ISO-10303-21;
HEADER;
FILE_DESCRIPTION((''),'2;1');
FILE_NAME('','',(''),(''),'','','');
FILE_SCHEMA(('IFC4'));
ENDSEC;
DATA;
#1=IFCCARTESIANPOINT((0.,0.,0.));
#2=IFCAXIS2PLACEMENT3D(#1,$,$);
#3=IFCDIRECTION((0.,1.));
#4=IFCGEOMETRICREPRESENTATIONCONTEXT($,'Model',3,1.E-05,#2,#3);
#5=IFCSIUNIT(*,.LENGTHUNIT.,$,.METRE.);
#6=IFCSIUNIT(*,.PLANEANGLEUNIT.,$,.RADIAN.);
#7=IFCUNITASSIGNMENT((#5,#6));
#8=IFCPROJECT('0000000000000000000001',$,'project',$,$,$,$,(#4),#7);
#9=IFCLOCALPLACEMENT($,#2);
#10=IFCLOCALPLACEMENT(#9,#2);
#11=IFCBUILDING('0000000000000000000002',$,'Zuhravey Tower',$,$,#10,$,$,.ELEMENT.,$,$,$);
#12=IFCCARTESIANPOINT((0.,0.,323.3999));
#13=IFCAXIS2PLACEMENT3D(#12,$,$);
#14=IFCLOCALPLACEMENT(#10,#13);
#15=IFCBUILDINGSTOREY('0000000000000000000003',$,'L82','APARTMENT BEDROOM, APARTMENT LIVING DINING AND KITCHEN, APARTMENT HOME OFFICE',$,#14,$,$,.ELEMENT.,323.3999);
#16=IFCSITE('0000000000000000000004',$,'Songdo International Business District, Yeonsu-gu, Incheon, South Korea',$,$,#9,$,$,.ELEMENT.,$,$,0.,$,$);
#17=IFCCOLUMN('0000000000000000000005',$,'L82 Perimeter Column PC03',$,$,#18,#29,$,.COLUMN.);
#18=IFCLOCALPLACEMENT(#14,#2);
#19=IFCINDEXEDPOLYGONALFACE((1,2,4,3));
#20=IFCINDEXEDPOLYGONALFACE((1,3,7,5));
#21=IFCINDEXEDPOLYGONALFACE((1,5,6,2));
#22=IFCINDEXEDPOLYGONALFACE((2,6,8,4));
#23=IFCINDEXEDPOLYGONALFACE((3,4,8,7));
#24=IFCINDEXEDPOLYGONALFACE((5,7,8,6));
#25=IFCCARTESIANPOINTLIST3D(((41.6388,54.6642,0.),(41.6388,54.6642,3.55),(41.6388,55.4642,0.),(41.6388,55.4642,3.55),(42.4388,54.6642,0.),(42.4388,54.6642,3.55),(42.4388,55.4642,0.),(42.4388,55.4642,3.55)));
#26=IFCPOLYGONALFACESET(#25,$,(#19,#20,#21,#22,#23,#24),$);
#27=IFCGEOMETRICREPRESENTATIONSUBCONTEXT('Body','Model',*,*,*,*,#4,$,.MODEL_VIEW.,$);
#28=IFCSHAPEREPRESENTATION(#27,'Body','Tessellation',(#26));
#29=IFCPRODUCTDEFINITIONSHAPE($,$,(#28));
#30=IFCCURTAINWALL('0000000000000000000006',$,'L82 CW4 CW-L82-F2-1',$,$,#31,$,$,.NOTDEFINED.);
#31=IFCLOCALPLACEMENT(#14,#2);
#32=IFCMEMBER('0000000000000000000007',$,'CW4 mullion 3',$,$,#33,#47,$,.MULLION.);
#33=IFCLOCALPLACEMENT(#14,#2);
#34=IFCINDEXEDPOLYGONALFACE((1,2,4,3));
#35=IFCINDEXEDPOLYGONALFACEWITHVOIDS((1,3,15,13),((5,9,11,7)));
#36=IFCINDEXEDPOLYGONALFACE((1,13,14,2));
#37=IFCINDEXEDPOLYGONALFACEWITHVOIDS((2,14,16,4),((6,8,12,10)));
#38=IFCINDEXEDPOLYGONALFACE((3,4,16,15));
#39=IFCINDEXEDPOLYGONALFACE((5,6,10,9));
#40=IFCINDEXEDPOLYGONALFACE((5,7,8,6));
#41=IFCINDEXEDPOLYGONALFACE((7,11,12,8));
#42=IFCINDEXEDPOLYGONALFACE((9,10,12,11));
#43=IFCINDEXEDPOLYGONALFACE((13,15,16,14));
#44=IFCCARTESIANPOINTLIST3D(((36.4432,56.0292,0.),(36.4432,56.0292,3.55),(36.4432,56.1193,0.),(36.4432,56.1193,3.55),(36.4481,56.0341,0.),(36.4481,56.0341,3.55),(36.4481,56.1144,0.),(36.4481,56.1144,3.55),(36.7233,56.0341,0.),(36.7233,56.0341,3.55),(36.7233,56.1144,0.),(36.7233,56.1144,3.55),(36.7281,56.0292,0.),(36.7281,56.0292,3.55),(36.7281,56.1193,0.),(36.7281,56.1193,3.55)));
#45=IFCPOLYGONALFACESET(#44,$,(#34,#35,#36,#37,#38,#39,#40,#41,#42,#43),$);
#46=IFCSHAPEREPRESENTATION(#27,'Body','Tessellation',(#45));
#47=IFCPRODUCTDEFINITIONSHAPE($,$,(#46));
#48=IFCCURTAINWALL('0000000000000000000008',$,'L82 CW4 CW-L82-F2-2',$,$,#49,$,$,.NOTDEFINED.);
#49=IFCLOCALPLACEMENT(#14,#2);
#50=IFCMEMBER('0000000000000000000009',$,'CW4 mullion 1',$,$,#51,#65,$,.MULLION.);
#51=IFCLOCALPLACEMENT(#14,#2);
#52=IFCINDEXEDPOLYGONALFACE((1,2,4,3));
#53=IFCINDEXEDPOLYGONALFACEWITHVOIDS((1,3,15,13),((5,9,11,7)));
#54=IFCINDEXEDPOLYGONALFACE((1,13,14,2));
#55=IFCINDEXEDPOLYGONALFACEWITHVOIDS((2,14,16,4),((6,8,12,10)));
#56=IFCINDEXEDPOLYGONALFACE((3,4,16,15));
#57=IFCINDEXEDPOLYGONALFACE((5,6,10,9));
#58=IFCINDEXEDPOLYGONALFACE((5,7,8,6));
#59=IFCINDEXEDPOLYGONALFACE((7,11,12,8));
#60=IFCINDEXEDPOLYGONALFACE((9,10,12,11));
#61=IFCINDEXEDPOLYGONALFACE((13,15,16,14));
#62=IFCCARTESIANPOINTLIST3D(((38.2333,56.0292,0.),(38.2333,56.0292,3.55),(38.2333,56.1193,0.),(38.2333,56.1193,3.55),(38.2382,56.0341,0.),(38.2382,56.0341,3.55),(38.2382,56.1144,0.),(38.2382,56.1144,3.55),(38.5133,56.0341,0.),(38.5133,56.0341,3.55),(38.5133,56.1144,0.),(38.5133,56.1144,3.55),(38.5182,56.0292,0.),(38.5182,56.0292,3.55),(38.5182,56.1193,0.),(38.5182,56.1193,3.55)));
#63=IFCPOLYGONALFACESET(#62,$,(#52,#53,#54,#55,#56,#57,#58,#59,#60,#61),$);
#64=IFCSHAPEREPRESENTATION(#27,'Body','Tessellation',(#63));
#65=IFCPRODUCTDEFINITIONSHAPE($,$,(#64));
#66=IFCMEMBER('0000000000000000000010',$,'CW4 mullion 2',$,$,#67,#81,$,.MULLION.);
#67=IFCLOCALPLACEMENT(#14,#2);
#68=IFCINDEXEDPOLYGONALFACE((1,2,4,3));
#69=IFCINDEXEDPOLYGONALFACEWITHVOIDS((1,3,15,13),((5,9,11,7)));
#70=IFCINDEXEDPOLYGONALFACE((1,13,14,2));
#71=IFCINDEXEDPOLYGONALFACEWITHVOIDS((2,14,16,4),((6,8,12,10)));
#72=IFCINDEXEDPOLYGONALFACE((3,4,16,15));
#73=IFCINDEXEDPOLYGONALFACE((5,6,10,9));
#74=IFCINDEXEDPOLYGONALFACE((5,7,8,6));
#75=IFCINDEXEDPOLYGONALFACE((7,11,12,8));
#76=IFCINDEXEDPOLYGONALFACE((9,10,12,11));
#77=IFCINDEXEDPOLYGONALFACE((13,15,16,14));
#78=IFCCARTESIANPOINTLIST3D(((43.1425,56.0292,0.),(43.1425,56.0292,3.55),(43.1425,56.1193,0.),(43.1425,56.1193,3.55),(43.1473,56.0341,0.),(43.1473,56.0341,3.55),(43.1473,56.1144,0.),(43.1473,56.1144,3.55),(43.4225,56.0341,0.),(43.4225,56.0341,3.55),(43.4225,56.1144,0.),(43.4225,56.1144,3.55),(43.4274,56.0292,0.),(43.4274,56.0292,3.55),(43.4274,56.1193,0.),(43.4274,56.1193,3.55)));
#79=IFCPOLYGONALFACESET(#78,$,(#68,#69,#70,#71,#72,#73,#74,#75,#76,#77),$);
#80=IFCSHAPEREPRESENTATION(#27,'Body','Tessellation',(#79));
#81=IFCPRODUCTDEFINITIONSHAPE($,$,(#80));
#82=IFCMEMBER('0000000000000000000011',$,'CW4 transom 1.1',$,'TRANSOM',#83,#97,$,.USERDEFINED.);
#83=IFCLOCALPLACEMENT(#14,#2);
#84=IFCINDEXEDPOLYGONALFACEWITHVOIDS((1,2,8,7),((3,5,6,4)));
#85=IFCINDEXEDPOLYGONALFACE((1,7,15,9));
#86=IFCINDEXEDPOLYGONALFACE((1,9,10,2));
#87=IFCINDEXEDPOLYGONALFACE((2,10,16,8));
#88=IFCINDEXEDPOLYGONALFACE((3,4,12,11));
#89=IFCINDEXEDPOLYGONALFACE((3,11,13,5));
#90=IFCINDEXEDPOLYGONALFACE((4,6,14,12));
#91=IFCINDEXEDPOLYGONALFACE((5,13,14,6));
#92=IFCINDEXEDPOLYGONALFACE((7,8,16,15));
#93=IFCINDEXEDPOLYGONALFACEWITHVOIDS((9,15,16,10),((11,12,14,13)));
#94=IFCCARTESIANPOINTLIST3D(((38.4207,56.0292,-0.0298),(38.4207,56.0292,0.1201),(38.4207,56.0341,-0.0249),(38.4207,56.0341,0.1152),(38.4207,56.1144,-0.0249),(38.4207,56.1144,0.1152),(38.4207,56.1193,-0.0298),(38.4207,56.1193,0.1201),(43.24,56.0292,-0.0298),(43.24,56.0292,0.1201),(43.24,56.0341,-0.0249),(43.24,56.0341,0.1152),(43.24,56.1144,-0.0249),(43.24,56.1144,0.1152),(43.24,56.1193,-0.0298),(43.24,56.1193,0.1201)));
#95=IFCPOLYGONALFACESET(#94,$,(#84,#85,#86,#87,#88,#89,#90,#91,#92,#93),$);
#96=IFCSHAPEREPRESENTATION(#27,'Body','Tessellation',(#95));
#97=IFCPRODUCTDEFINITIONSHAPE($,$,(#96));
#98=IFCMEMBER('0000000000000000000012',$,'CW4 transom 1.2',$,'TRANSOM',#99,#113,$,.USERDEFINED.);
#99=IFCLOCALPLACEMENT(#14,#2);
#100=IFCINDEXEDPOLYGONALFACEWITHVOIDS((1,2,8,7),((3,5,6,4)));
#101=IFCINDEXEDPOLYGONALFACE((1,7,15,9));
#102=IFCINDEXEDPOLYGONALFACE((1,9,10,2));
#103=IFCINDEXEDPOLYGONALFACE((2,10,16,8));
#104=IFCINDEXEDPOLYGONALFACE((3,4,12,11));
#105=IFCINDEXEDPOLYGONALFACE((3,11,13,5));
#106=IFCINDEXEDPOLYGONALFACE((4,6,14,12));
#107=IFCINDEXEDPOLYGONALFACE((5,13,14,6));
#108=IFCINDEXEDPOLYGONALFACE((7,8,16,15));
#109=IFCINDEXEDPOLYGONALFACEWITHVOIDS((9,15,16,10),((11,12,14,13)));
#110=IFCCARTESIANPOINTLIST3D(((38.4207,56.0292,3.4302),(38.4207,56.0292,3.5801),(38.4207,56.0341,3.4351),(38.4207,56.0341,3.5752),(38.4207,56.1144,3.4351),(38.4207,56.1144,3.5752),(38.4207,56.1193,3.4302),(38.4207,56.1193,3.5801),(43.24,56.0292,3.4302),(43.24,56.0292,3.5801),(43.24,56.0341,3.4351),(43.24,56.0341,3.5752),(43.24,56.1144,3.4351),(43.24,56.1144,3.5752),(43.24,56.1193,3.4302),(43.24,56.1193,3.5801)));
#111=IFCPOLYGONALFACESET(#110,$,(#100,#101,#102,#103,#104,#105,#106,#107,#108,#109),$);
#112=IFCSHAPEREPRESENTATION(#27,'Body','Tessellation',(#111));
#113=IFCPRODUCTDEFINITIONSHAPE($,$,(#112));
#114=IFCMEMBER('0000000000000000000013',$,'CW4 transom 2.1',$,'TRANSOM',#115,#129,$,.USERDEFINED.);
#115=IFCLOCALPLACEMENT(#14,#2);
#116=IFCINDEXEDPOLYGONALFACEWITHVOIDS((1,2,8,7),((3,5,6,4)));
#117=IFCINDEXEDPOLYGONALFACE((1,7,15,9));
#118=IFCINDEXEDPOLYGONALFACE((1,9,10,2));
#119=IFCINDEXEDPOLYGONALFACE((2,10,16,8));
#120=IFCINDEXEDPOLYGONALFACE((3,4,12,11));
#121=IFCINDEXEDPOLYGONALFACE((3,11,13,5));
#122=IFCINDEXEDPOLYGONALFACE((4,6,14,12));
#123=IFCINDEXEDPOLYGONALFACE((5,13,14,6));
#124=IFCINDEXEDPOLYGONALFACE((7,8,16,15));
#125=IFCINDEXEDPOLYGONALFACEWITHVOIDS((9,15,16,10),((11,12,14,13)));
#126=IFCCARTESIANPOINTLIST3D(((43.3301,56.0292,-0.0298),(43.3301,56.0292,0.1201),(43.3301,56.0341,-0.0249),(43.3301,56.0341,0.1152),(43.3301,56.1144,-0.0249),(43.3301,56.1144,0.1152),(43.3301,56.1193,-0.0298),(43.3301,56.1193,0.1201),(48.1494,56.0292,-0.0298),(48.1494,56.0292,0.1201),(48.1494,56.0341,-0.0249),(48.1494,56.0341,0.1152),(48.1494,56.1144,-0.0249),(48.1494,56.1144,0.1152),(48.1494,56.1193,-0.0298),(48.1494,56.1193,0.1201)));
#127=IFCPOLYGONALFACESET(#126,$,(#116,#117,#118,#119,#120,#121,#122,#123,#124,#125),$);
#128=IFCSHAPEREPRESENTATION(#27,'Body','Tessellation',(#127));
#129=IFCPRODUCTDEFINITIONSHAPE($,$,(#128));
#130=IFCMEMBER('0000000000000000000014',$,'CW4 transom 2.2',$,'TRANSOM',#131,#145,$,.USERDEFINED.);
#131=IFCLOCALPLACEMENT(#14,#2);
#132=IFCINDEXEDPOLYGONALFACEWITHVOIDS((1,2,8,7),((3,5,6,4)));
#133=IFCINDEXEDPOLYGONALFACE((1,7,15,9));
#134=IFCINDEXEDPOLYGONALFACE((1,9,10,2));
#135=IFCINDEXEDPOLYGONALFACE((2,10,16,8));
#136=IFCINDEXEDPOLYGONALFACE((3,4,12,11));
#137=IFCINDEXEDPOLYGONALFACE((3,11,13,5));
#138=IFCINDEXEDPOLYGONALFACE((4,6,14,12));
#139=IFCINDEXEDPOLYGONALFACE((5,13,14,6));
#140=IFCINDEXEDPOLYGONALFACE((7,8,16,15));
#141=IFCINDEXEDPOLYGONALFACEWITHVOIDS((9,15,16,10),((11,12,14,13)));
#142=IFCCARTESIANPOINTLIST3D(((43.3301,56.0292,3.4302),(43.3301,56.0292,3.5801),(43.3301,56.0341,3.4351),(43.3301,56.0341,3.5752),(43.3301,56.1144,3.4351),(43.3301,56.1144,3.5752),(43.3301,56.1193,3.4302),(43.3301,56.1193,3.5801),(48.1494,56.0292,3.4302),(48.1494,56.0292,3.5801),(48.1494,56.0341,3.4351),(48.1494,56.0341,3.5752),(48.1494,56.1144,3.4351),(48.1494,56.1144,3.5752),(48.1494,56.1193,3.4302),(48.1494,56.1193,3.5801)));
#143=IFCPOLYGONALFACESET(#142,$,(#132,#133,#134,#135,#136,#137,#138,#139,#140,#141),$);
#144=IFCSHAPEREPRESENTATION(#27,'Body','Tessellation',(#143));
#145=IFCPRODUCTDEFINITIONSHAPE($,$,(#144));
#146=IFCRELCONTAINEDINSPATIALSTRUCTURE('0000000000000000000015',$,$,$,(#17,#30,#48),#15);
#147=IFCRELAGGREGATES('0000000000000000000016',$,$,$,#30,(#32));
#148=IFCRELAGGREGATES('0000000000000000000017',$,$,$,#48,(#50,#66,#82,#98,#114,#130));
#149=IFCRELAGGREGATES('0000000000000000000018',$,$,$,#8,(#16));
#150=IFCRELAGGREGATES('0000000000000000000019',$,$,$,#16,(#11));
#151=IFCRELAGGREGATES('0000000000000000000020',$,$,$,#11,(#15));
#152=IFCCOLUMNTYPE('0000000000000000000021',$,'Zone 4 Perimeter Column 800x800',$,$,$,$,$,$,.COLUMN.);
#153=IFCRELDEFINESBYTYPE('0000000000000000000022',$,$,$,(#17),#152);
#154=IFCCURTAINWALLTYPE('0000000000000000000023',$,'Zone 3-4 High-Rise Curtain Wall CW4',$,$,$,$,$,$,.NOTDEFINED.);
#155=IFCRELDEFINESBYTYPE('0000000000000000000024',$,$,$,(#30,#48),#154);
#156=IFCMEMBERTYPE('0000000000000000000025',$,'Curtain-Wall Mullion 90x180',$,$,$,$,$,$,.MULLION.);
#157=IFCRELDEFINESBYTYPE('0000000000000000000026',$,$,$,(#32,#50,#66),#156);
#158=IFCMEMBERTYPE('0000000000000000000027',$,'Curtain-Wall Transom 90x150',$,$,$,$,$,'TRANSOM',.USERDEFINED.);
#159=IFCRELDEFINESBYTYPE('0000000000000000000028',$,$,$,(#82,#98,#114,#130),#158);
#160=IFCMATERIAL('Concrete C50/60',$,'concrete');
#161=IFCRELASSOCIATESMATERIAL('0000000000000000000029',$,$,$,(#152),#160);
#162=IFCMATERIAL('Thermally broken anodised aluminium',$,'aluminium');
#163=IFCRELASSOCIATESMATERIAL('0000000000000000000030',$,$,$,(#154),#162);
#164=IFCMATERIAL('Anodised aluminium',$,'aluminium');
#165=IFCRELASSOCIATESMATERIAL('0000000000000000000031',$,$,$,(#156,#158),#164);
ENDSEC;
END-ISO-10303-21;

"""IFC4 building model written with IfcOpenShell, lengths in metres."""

from ifc_helpers import new_model, si_unit, direction, frame, origin, origin_2d, place, context, subcontext, project, spatial, rectangle, hollow_rectangle, extrude, material, material_profile, profile_set, type_object, element, aggregate, save


model = new_model("IFC4")

# Units and contexts
model_context = context("Model", 3, precision=1e-05, world=origin(), true_north=direction((0.0, 1.0)))
body_context = subcontext(model_context, "Body", "Model", "MODEL_VIEW")
ifc_project = project(units=[si_unit("LENGTHUNIT", "METRE"), si_unit("PLANEANGLEUNIT", "RADIAN")], contexts=[model_context])

# Site, building, storey
site_placement = place(None, origin())
site = spatial("IfcSite", under=ifc_project, at=site_placement, Name="Songdo International Business District, Yeonsu-gu, Incheon, South Korea", CompositionType="ELEMENT", RefElevation=0.0)
building_placement = place(site_placement, origin())
building = spatial("IfcBuilding", under=site, at=building_placement, Name="Zuhravey Tower", CompositionType="ELEMENT")
storey_placement = place(building_placement, frame((0.0, 0.0, 323.3999)))
storey = spatial("IfcBuildingStorey", under=building, at=storey_placement, Name="L82", Description="APARTMENT BEDROOM, APARTMENT LIVING DINING AND KITCHEN, APARTMENT HOME OFFICE", CompositionType="ELEMENT", Elevation=323.3999)

# Column
ifc_material_1 = material(Name="Concrete C50/60", Category="concrete")
ifc_material_profile_1 = material_profile(ifc_material_1, rectangle(XDim=0.8, YDim=0.8, at=origin_2d()), Name="RC-800x800")
ifc_profile_set_1 = profile_set([ifc_material_profile_1], Name="Concrete C50/60")
column_type = type_object("IfcColumnType", Name="Zone 4 Perimeter Column 800x800", PredefinedType="COLUMN", material=ifc_profile_set_1)
column_placement = place(storey_placement, frame((42.0388, 55.0642, 0.0), z_axis=(0.0, 0.0, 1.0), x_axis=(-1.0, 0.0, 0.0)))
element("IfcColumn", 1, at=column_placement, inside=storey, type_object=column_type, Name="L82 Perimeter Column PC03", PredefinedType="COLUMN", context=body_context, shape_type="SweptSolid", body=[
    extrude(rectangle(XDim=0.8, YDim=0.8, at=origin_2d()), origin(), (0.0, 0.0, 1.0), 3.55),
])

# Curtain wall, member
ifc_material_2 = material(Name="Thermally broken anodised aluminium", Category="aluminium")
curtain_wall_type = type_object("IfcCurtainWallType", Name="Zone 3-4 High-Rise Curtain Wall CW4", PredefinedType="NOTDEFINED", material=ifc_material_2)
curtain_wall_1_placement = place(storey_placement, origin())
curtain_wall_1 = element("IfcCurtainWall", 2, at=curtain_wall_1_placement, inside=storey, type_object=curtain_wall_type, Name="L82 CW4 CW-L82-F2-1", PredefinedType="NOTDEFINED")
ifc_material_3 = material(Name="Anodised aluminium", Category="aluminium")
ifc_material_profile_2 = material_profile(ifc_material_3, hollow_rectangle(XDim=0.0901, YDim=0.2849, WallThickness=0.0049, at=origin_2d()), Name="ALU-RHS-90x285x5")
ifc_profile_set_2 = profile_set([ifc_material_profile_2], Name="Anodised aluminium")
member_type_1 = type_object("IfcMemberType", Name="Curtain-Wall Mullion 90x180", PredefinedType="MULLION", material=ifc_profile_set_2)
member_1_placement = place(storey_placement, frame((36.5857, 56.0742, 0.0), z_axis=(0.0, 0.0, 1.0), x_axis=(0.0, 1.0, 0.0)))
member_1 = element("IfcMember", 3, at=member_1_placement, type_object=member_type_1, Name="CW4 mullion 3", PredefinedType="MULLION", context=body_context, shape_type="SweptSolid", body=[
    extrude(hollow_rectangle(XDim=0.0901, YDim=0.2849, WallThickness=0.0049, at=origin_2d()), origin(), (0.0, 0.0, 1.0), 3.55),
])
aggregate(curtain_wall_1, [member_1])

# Curtain wall, members
curtain_wall_2_placement = place(storey_placement, origin())
curtain_wall_2 = element("IfcCurtainWall", 4, at=curtain_wall_2_placement, inside=storey, type_object=curtain_wall_type, Name="L82 CW4 CW-L82-F2-2", PredefinedType="NOTDEFINED")
member_2_placement = place(storey_placement, frame((38.3757, 56.0742, 0.0), z_axis=(0.0, 0.0, 1.0), x_axis=(0.0, 1.0, 0.0)))
member_2 = element("IfcMember", 5, at=member_2_placement, type_object=member_type_1, Name="CW4 mullion 1", PredefinedType="MULLION", context=body_context, shape_type="SweptSolid", body=[
    extrude(hollow_rectangle(XDim=0.0901, YDim=0.2849, WallThickness=0.0049, at=origin_2d()), origin(), (0.0, 0.0, 1.0), 3.55),
])
member_3_placement = place(storey_placement, frame((43.2849, 56.0742, 0.0), z_axis=(0.0, 0.0, 1.0), x_axis=(0.0, 1.0, 0.0)))
member_3 = element("IfcMember", 6, at=member_3_placement, type_object=member_type_1, Name="CW4 mullion 2", PredefinedType="MULLION", context=body_context, shape_type="SweptSolid", body=[
    extrude(hollow_rectangle(XDim=0.0901, YDim=0.2849, WallThickness=0.0049, at=origin_2d()), origin(), (0.0, 0.0, 1.0), 3.55),
])
ifc_material_profile_3 = material_profile(ifc_material_3, hollow_rectangle(XDim=0.0901, YDim=0.1499, WallThickness=0.0049, at=origin_2d()), Name="ALU-RHS-90x150x5")
ifc_profile_set_3 = profile_set([ifc_material_profile_3], Name="Anodised aluminium")
member_type_2 = type_object("IfcMemberType", Name="Curtain-Wall Transom 90x150", ElementType="TRANSOM", PredefinedType="USERDEFINED", material=ifc_profile_set_3)
member_4_placement = place(storey_placement, frame((38.4207, 56.0742, 0.0452), z_axis=(1.0, 0.0, 0.0), x_axis=(0.0, 1.0, 0.0)))
member_4 = element("IfcMember", 7, at=member_4_placement, type_object=member_type_2, Name="CW4 transom 1.1", ObjectType="TRANSOM", PredefinedType="USERDEFINED", context=body_context, shape_type="SweptSolid", body=[
    extrude(hollow_rectangle(XDim=0.0901, YDim=0.1499, WallThickness=0.0049, at=origin_2d()), origin(), (0.0, 0.0, 1.0), 4.8193),
])
member_5_placement = place(storey_placement, frame((38.4207, 56.0742, 3.5051), z_axis=(1.0, 0.0, 0.0), x_axis=(0.0, 1.0, 0.0)))
member_5 = element("IfcMember", 8, at=member_5_placement, type_object=member_type_2, Name="CW4 transom 1.2", ObjectType="TRANSOM", PredefinedType="USERDEFINED", context=body_context, shape_type="SweptSolid", body=[
    extrude(hollow_rectangle(XDim=0.0901, YDim=0.1499, WallThickness=0.0049, at=origin_2d()), origin(), (0.0, 0.0, 1.0), 4.8193),
])
member_6_placement = place(storey_placement, frame((43.3301, 56.0742, 0.0452), z_axis=(1.0, 0.0, 0.0), x_axis=(0.0, 1.0, 0.0)))
member_6 = element("IfcMember", 9, at=member_6_placement, type_object=member_type_2, Name="CW4 transom 2.1", ObjectType="TRANSOM", PredefinedType="USERDEFINED", context=body_context, shape_type="SweptSolid", body=[
    extrude(hollow_rectangle(XDim=0.0901, YDim=0.1499, WallThickness=0.0049, at=origin_2d()), origin(), (0.0, 0.0, 1.0), 4.8193),
])
member_7_placement = place(storey_placement, frame((43.3301, 56.0742, 3.5051), z_axis=(1.0, 0.0, 0.0), x_axis=(0.0, 1.0, 0.0)))
member_7 = element("IfcMember", 10, at=member_7_placement, type_object=member_type_2, Name="CW4 transom 2.2", ObjectType="TRANSOM", PredefinedType="USERDEFINED", context=body_context, shape_type="SweptSolid", body=[
    extrude(hollow_rectangle(XDim=0.0901, YDim=0.1499, WallThickness=0.0049, at=origin_2d()), origin(), (0.0, 0.0, 1.0), 4.8193),
])

aggregate(curtain_wall_2, [member_2, member_3, member_4, member_5, member_6, member_7])

save(model, "model.ifc")
